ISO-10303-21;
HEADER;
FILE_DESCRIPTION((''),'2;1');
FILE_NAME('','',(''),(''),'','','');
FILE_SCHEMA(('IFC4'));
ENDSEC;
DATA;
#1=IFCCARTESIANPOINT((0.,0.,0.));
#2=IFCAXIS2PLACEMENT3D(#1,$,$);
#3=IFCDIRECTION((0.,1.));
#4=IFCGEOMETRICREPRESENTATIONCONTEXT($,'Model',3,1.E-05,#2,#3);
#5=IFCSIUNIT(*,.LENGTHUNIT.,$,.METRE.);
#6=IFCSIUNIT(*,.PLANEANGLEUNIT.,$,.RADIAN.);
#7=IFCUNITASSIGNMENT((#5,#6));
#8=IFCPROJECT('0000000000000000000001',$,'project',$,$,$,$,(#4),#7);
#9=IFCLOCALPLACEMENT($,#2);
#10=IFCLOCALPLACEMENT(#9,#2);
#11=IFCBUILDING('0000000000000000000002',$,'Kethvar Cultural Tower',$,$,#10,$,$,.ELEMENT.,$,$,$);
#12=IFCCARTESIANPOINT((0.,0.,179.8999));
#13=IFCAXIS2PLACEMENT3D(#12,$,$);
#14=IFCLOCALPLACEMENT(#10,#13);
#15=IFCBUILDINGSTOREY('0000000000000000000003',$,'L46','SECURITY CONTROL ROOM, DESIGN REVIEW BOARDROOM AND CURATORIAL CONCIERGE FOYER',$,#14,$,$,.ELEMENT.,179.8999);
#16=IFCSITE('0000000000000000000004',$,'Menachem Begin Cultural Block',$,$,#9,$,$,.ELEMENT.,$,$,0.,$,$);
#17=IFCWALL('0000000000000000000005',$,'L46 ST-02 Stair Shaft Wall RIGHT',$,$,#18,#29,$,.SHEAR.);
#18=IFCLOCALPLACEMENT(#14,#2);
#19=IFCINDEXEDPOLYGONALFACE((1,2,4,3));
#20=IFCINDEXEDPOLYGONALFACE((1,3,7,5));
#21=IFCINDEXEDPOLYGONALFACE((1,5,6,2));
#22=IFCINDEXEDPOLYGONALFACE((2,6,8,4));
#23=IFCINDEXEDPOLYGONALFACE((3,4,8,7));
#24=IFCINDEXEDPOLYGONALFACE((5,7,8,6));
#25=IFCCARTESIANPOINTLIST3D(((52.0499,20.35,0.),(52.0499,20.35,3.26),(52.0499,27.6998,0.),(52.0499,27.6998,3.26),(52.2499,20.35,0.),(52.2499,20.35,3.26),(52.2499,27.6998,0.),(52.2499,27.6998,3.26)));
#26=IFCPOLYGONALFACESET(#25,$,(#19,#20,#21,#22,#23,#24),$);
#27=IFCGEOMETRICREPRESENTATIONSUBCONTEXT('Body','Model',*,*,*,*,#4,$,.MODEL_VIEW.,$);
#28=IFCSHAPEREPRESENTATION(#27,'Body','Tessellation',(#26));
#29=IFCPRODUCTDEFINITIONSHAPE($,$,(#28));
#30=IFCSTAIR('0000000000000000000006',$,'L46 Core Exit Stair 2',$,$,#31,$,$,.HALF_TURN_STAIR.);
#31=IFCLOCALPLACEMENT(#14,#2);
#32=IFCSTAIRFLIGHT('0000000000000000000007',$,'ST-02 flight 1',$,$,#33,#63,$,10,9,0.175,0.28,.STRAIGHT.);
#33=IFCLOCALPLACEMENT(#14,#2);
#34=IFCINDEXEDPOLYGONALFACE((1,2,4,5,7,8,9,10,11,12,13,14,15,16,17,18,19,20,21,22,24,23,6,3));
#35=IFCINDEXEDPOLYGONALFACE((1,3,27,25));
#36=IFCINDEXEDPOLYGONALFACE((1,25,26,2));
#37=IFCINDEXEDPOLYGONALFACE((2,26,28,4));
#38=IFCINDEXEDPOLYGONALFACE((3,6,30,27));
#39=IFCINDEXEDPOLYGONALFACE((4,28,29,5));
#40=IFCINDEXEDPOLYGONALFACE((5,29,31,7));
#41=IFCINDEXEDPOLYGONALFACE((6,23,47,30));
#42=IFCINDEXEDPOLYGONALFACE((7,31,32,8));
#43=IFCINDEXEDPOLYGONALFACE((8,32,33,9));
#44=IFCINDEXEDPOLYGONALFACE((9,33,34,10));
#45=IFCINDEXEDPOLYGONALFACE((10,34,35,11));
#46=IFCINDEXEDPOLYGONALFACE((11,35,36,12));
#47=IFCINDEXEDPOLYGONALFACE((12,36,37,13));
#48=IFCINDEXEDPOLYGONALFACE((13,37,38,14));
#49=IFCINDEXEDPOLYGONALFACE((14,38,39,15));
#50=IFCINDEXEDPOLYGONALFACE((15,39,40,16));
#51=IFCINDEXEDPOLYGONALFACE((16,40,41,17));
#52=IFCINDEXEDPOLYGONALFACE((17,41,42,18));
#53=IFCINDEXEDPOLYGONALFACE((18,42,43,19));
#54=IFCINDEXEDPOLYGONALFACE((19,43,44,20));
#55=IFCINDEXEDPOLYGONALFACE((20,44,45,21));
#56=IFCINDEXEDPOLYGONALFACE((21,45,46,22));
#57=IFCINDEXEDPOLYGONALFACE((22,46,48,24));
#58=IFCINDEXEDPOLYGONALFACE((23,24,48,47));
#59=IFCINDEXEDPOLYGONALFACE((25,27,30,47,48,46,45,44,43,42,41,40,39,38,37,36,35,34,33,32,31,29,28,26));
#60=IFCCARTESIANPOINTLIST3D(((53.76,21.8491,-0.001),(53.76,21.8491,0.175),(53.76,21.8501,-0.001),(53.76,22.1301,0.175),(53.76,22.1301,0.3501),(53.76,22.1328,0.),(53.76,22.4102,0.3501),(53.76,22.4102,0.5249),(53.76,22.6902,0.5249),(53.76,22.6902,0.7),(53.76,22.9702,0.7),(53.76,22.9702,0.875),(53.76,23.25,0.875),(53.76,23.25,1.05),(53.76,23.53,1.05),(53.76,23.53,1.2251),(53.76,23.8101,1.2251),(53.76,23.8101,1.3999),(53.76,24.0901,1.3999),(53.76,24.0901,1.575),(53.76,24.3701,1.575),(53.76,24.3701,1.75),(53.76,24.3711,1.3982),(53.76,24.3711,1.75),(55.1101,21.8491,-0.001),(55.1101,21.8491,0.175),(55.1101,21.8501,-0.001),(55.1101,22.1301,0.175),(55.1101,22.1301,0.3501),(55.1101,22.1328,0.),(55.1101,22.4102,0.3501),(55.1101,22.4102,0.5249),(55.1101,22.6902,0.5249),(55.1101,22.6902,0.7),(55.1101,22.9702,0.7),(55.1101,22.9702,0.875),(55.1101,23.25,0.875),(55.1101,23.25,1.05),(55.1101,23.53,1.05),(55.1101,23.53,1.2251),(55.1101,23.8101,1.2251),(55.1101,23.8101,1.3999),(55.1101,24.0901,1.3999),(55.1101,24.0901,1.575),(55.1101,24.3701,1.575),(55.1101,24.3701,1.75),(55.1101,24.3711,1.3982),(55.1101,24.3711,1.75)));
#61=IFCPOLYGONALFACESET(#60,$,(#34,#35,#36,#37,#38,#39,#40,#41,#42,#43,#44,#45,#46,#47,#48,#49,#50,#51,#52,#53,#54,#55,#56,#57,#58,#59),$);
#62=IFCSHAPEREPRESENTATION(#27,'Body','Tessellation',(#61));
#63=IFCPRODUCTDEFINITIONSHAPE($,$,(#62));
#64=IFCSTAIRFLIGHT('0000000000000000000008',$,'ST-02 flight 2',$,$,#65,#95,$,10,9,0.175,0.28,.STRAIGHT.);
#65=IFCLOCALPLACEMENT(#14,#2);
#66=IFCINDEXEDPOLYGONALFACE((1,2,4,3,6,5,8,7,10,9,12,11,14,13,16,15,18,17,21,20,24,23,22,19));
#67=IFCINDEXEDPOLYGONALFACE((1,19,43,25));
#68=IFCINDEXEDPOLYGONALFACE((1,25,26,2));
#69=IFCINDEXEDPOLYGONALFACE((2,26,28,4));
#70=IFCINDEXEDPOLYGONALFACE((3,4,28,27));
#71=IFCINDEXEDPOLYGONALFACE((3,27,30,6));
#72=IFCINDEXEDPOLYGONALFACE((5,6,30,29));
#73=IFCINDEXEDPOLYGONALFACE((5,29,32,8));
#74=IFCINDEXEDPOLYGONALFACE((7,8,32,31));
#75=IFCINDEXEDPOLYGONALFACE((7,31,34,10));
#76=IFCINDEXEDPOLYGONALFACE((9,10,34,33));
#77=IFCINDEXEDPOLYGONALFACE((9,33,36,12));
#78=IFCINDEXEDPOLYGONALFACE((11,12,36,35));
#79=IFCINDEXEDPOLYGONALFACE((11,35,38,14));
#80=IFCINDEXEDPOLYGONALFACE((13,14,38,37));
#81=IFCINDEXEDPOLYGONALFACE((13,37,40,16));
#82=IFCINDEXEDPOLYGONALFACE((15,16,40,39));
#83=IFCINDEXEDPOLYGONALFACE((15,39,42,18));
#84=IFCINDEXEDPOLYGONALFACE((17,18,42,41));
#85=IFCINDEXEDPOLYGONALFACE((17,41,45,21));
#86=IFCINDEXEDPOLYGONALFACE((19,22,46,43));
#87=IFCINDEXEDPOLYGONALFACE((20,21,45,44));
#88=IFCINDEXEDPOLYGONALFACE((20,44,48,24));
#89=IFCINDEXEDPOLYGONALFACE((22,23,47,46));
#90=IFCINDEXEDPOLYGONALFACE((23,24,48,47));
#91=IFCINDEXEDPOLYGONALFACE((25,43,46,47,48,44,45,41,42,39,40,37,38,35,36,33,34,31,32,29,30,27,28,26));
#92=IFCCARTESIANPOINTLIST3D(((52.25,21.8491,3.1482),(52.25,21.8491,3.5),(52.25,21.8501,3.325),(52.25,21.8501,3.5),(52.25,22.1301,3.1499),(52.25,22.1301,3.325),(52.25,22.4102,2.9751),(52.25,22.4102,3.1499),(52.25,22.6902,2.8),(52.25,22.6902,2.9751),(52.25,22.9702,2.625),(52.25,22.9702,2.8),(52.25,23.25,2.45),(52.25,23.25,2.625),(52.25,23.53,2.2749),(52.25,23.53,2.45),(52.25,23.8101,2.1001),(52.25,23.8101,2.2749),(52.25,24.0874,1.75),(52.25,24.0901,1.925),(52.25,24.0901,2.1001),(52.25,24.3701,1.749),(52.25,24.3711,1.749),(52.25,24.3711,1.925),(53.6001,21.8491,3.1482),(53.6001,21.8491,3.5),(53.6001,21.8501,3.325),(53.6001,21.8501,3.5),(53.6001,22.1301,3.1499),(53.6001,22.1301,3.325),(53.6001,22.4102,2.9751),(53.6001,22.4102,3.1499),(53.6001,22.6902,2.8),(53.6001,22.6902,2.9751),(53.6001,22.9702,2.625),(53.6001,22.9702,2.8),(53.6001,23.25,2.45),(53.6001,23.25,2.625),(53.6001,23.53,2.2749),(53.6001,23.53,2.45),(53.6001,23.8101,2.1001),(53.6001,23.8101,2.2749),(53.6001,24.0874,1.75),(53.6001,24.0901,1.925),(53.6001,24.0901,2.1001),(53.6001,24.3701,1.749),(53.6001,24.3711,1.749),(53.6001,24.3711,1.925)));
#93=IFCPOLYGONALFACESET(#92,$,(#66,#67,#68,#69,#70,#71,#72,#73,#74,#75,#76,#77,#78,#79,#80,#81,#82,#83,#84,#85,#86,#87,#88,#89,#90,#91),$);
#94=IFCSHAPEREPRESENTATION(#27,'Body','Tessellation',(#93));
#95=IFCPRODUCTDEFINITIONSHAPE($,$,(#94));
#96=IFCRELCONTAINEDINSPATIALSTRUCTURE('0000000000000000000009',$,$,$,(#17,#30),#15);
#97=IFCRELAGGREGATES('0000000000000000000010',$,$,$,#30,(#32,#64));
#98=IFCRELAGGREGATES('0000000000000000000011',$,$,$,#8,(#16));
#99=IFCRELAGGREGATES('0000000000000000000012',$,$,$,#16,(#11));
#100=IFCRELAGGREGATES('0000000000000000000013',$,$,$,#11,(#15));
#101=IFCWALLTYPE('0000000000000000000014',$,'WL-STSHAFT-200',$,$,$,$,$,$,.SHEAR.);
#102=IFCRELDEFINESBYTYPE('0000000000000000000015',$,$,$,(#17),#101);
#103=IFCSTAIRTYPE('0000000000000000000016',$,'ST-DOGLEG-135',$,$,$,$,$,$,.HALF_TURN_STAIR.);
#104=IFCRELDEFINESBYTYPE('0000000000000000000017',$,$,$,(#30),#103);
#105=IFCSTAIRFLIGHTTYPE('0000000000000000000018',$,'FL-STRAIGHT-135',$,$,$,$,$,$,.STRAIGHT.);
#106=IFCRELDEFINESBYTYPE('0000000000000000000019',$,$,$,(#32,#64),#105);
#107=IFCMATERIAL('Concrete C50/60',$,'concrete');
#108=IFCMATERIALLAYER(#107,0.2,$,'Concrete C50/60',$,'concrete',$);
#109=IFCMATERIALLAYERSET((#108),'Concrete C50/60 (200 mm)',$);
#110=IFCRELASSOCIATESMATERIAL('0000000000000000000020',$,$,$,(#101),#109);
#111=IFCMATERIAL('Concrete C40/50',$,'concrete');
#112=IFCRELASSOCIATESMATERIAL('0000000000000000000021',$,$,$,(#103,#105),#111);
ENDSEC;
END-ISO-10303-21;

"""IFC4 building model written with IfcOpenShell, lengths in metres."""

from ifc_helpers import new_model, si_unit, direction, frame, frame_2d, origin, place, context, subcontext, project, spatial, polyline, rectangle, outline, extrude, material, layer, layer_set, type_object, element, aggregate, save


model = new_model("IFC4")

# Units and contexts
model_context = context("Model", 3, precision=1e-05, world=origin(), true_north=direction((0.0, 1.0)))
body_context = subcontext(model_context, "Body", "Model", "MODEL_VIEW")
ifc_project = project(units=[si_unit("LENGTHUNIT", "METRE"), si_unit("PLANEANGLEUNIT", "RADIAN")], contexts=[model_context])

# Site, building, storey
site_placement = place(None, origin())
site = spatial("IfcSite", under=ifc_project, at=site_placement, Name="Menachem Begin Cultural Block", CompositionType="ELEMENT", RefElevation=0.0)
building_placement = place(site_placement, origin())
building = spatial("IfcBuilding", under=site, at=building_placement, Name="Kethvar Cultural Tower", CompositionType="ELEMENT")
storey_placement = place(building_placement, frame((0.0, 0.0, 179.8999)))
storey = spatial("IfcBuildingStorey", under=building, at=storey_placement, Name="L46", Description="SECURITY CONTROL ROOM, DESIGN REVIEW BOARDROOM AND CURATORIAL CONCIERGE FOYER", CompositionType="ELEMENT", Elevation=179.8999)

# Shared definitions
ifc_material_1 = material(Name="Concrete C40/50", Category="concrete")
ifc_material_2 = material(Name="Concrete C50/60", Category="concrete")

# Wall
ifc_layer_1 = layer(ifc_material_2, 0.2, Name="Concrete C50/60", Category="concrete")
ifc_layer_set_1 = layer_set([ifc_layer_1], Name="Concrete C50/60 (200 mm)")
wall_type_1 = type_object("IfcWallType", Name="WL-STSHAFT-200", PredefinedType="SHEAR", material=ifc_layer_set_1)
for number, where, z_axis, x_axis, name in (
    (1, (52.1499, 20.3501, 0.0), (0.0, 0.0, 1.0), (0.0, 1.0, 0.0), "L46 ST-02 Stair Shaft Wall RIGHT"),
):
    element("IfcWall", number, at=place(storey_placement, frame(where, z_axis=z_axis, x_axis=x_axis)), inside=storey, type_object=wall_type_1, Name=name, PredefinedType="SHEAR", context=body_context, shape_type="SweptSolid", body=[
        extrude(rectangle(XDim=7.3499, YDim=0.2, at=frame_2d((3.6748, 0.0))), origin(), (0.0, 0.0, 1.0), 3.26),
    ])

# Stair, stair flights
stair_type = type_object("IfcStairType", Name="ST-DOGLEG-135", PredefinedType="HALF_TURN_STAIR", material=ifc_material_1)
stair_placement = place(storey_placement, origin())
stair = element("IfcStair", 2, at=stair_placement, inside=storey, type_object=stair_type, Name="L46 Core Exit Stair 2", PredefinedType="HALF_TURN_STAIR")
stair_flight_type = type_object("IfcStairFlightType", Name="FL-STRAIGHT-135", PredefinedType="STRAIGHT", material=ifc_material_1)
stair_flight_1_placement = place(storey_placement, frame((54.4351, 21.8501, 0.0), z_axis=(0.0, 0.0, 1.0), x_axis=(0.0, 1.0, 0.0)))
stair_flight_1 = element("IfcStairFlight", 3, at=stair_flight_1_placement, type_object=stair_flight_type, Name="ST-02 flight 1", NumberOfRisers=10, NumberOfTreads=9, PredefinedType="STRAIGHT", RiserHeight=0.175, TreadLength=0.28, context=body_context, shape_type="SweptSolid", body=[
    extrude(outline(polyline([(-0.001, -0.001), (-0.001, 0.175), (0.28, 0.175), (0.28, 0.3501), (0.5601, 0.3501), (0.5601, 0.5249), (0.8401, 0.5249), (0.8401, 0.7), (1.1201, 0.7), (1.1201, 0.875), (1.3999, 0.875), (1.3999, 1.05), (1.6799, 1.05), (1.6799, 1.2251), (1.96, 1.2251), (1.96, 1.3999), (2.24, 1.3999), (2.24, 1.575), (2.52, 1.575), (2.52, 1.75), (2.521, 1.75), (2.521, 1.3982), (0.2827, 0.0), (0.0, -0.001), (-0.001, -0.001)])), frame((0.0, 0.675, 0.0), z_axis=(0.0, -1.0, 0.0), x_axis=(1.0, 0.0, 0.0)), (0.0, 0.0, 1.0), 1.3501),
])
stair_flight_2_placement = place(storey_placement, frame((52.925, 24.3701, 1.75), z_axis=(0.0, 0.0, 1.0), x_axis=(0.0, -1.0, 0.0)))
stair_flight_2 = element("IfcStairFlight", 4, at=stair_flight_2_placement, type_object=stair_flight_type, Name="ST-02 flight 2", NumberOfRisers=10, NumberOfTreads=9, PredefinedType="STRAIGHT", RiserHeight=0.175, TreadLength=0.28, context=body_context, shape_type="SweptSolid", body=[
    extrude(outline(polyline([(-0.001, -0.001), (-0.001, 0.175), (0.28, 0.175), (0.28, 0.3501), (0.5601, 0.3501), (0.5601, 0.5249), (0.8401, 0.5249), (0.8401, 0.7), (1.1201, 0.7), (1.1201, 0.875), (1.3999, 0.875), (1.3999, 1.05), (1.6799, 1.05), (1.6799, 1.2251), (1.96, 1.2251), (1.96, 1.3999), (2.24, 1.3999), (2.24, 1.575), (2.52, 1.575), (2.52, 1.75), (2.521, 1.75), (2.521, 1.3982), (0.2827, 0.0), (0.0, -0.001), (-0.001, -0.001)])), frame((0.0, 0.675, 0.0), z_axis=(0.0, -1.0, 0.0), x_axis=(1.0, 0.0, 0.0)), (0.0, 0.0, 1.0), 1.3501),
])
aggregate(stair, [stair_flight_1, stair_flight_2])

save(model, "model.ifc")
